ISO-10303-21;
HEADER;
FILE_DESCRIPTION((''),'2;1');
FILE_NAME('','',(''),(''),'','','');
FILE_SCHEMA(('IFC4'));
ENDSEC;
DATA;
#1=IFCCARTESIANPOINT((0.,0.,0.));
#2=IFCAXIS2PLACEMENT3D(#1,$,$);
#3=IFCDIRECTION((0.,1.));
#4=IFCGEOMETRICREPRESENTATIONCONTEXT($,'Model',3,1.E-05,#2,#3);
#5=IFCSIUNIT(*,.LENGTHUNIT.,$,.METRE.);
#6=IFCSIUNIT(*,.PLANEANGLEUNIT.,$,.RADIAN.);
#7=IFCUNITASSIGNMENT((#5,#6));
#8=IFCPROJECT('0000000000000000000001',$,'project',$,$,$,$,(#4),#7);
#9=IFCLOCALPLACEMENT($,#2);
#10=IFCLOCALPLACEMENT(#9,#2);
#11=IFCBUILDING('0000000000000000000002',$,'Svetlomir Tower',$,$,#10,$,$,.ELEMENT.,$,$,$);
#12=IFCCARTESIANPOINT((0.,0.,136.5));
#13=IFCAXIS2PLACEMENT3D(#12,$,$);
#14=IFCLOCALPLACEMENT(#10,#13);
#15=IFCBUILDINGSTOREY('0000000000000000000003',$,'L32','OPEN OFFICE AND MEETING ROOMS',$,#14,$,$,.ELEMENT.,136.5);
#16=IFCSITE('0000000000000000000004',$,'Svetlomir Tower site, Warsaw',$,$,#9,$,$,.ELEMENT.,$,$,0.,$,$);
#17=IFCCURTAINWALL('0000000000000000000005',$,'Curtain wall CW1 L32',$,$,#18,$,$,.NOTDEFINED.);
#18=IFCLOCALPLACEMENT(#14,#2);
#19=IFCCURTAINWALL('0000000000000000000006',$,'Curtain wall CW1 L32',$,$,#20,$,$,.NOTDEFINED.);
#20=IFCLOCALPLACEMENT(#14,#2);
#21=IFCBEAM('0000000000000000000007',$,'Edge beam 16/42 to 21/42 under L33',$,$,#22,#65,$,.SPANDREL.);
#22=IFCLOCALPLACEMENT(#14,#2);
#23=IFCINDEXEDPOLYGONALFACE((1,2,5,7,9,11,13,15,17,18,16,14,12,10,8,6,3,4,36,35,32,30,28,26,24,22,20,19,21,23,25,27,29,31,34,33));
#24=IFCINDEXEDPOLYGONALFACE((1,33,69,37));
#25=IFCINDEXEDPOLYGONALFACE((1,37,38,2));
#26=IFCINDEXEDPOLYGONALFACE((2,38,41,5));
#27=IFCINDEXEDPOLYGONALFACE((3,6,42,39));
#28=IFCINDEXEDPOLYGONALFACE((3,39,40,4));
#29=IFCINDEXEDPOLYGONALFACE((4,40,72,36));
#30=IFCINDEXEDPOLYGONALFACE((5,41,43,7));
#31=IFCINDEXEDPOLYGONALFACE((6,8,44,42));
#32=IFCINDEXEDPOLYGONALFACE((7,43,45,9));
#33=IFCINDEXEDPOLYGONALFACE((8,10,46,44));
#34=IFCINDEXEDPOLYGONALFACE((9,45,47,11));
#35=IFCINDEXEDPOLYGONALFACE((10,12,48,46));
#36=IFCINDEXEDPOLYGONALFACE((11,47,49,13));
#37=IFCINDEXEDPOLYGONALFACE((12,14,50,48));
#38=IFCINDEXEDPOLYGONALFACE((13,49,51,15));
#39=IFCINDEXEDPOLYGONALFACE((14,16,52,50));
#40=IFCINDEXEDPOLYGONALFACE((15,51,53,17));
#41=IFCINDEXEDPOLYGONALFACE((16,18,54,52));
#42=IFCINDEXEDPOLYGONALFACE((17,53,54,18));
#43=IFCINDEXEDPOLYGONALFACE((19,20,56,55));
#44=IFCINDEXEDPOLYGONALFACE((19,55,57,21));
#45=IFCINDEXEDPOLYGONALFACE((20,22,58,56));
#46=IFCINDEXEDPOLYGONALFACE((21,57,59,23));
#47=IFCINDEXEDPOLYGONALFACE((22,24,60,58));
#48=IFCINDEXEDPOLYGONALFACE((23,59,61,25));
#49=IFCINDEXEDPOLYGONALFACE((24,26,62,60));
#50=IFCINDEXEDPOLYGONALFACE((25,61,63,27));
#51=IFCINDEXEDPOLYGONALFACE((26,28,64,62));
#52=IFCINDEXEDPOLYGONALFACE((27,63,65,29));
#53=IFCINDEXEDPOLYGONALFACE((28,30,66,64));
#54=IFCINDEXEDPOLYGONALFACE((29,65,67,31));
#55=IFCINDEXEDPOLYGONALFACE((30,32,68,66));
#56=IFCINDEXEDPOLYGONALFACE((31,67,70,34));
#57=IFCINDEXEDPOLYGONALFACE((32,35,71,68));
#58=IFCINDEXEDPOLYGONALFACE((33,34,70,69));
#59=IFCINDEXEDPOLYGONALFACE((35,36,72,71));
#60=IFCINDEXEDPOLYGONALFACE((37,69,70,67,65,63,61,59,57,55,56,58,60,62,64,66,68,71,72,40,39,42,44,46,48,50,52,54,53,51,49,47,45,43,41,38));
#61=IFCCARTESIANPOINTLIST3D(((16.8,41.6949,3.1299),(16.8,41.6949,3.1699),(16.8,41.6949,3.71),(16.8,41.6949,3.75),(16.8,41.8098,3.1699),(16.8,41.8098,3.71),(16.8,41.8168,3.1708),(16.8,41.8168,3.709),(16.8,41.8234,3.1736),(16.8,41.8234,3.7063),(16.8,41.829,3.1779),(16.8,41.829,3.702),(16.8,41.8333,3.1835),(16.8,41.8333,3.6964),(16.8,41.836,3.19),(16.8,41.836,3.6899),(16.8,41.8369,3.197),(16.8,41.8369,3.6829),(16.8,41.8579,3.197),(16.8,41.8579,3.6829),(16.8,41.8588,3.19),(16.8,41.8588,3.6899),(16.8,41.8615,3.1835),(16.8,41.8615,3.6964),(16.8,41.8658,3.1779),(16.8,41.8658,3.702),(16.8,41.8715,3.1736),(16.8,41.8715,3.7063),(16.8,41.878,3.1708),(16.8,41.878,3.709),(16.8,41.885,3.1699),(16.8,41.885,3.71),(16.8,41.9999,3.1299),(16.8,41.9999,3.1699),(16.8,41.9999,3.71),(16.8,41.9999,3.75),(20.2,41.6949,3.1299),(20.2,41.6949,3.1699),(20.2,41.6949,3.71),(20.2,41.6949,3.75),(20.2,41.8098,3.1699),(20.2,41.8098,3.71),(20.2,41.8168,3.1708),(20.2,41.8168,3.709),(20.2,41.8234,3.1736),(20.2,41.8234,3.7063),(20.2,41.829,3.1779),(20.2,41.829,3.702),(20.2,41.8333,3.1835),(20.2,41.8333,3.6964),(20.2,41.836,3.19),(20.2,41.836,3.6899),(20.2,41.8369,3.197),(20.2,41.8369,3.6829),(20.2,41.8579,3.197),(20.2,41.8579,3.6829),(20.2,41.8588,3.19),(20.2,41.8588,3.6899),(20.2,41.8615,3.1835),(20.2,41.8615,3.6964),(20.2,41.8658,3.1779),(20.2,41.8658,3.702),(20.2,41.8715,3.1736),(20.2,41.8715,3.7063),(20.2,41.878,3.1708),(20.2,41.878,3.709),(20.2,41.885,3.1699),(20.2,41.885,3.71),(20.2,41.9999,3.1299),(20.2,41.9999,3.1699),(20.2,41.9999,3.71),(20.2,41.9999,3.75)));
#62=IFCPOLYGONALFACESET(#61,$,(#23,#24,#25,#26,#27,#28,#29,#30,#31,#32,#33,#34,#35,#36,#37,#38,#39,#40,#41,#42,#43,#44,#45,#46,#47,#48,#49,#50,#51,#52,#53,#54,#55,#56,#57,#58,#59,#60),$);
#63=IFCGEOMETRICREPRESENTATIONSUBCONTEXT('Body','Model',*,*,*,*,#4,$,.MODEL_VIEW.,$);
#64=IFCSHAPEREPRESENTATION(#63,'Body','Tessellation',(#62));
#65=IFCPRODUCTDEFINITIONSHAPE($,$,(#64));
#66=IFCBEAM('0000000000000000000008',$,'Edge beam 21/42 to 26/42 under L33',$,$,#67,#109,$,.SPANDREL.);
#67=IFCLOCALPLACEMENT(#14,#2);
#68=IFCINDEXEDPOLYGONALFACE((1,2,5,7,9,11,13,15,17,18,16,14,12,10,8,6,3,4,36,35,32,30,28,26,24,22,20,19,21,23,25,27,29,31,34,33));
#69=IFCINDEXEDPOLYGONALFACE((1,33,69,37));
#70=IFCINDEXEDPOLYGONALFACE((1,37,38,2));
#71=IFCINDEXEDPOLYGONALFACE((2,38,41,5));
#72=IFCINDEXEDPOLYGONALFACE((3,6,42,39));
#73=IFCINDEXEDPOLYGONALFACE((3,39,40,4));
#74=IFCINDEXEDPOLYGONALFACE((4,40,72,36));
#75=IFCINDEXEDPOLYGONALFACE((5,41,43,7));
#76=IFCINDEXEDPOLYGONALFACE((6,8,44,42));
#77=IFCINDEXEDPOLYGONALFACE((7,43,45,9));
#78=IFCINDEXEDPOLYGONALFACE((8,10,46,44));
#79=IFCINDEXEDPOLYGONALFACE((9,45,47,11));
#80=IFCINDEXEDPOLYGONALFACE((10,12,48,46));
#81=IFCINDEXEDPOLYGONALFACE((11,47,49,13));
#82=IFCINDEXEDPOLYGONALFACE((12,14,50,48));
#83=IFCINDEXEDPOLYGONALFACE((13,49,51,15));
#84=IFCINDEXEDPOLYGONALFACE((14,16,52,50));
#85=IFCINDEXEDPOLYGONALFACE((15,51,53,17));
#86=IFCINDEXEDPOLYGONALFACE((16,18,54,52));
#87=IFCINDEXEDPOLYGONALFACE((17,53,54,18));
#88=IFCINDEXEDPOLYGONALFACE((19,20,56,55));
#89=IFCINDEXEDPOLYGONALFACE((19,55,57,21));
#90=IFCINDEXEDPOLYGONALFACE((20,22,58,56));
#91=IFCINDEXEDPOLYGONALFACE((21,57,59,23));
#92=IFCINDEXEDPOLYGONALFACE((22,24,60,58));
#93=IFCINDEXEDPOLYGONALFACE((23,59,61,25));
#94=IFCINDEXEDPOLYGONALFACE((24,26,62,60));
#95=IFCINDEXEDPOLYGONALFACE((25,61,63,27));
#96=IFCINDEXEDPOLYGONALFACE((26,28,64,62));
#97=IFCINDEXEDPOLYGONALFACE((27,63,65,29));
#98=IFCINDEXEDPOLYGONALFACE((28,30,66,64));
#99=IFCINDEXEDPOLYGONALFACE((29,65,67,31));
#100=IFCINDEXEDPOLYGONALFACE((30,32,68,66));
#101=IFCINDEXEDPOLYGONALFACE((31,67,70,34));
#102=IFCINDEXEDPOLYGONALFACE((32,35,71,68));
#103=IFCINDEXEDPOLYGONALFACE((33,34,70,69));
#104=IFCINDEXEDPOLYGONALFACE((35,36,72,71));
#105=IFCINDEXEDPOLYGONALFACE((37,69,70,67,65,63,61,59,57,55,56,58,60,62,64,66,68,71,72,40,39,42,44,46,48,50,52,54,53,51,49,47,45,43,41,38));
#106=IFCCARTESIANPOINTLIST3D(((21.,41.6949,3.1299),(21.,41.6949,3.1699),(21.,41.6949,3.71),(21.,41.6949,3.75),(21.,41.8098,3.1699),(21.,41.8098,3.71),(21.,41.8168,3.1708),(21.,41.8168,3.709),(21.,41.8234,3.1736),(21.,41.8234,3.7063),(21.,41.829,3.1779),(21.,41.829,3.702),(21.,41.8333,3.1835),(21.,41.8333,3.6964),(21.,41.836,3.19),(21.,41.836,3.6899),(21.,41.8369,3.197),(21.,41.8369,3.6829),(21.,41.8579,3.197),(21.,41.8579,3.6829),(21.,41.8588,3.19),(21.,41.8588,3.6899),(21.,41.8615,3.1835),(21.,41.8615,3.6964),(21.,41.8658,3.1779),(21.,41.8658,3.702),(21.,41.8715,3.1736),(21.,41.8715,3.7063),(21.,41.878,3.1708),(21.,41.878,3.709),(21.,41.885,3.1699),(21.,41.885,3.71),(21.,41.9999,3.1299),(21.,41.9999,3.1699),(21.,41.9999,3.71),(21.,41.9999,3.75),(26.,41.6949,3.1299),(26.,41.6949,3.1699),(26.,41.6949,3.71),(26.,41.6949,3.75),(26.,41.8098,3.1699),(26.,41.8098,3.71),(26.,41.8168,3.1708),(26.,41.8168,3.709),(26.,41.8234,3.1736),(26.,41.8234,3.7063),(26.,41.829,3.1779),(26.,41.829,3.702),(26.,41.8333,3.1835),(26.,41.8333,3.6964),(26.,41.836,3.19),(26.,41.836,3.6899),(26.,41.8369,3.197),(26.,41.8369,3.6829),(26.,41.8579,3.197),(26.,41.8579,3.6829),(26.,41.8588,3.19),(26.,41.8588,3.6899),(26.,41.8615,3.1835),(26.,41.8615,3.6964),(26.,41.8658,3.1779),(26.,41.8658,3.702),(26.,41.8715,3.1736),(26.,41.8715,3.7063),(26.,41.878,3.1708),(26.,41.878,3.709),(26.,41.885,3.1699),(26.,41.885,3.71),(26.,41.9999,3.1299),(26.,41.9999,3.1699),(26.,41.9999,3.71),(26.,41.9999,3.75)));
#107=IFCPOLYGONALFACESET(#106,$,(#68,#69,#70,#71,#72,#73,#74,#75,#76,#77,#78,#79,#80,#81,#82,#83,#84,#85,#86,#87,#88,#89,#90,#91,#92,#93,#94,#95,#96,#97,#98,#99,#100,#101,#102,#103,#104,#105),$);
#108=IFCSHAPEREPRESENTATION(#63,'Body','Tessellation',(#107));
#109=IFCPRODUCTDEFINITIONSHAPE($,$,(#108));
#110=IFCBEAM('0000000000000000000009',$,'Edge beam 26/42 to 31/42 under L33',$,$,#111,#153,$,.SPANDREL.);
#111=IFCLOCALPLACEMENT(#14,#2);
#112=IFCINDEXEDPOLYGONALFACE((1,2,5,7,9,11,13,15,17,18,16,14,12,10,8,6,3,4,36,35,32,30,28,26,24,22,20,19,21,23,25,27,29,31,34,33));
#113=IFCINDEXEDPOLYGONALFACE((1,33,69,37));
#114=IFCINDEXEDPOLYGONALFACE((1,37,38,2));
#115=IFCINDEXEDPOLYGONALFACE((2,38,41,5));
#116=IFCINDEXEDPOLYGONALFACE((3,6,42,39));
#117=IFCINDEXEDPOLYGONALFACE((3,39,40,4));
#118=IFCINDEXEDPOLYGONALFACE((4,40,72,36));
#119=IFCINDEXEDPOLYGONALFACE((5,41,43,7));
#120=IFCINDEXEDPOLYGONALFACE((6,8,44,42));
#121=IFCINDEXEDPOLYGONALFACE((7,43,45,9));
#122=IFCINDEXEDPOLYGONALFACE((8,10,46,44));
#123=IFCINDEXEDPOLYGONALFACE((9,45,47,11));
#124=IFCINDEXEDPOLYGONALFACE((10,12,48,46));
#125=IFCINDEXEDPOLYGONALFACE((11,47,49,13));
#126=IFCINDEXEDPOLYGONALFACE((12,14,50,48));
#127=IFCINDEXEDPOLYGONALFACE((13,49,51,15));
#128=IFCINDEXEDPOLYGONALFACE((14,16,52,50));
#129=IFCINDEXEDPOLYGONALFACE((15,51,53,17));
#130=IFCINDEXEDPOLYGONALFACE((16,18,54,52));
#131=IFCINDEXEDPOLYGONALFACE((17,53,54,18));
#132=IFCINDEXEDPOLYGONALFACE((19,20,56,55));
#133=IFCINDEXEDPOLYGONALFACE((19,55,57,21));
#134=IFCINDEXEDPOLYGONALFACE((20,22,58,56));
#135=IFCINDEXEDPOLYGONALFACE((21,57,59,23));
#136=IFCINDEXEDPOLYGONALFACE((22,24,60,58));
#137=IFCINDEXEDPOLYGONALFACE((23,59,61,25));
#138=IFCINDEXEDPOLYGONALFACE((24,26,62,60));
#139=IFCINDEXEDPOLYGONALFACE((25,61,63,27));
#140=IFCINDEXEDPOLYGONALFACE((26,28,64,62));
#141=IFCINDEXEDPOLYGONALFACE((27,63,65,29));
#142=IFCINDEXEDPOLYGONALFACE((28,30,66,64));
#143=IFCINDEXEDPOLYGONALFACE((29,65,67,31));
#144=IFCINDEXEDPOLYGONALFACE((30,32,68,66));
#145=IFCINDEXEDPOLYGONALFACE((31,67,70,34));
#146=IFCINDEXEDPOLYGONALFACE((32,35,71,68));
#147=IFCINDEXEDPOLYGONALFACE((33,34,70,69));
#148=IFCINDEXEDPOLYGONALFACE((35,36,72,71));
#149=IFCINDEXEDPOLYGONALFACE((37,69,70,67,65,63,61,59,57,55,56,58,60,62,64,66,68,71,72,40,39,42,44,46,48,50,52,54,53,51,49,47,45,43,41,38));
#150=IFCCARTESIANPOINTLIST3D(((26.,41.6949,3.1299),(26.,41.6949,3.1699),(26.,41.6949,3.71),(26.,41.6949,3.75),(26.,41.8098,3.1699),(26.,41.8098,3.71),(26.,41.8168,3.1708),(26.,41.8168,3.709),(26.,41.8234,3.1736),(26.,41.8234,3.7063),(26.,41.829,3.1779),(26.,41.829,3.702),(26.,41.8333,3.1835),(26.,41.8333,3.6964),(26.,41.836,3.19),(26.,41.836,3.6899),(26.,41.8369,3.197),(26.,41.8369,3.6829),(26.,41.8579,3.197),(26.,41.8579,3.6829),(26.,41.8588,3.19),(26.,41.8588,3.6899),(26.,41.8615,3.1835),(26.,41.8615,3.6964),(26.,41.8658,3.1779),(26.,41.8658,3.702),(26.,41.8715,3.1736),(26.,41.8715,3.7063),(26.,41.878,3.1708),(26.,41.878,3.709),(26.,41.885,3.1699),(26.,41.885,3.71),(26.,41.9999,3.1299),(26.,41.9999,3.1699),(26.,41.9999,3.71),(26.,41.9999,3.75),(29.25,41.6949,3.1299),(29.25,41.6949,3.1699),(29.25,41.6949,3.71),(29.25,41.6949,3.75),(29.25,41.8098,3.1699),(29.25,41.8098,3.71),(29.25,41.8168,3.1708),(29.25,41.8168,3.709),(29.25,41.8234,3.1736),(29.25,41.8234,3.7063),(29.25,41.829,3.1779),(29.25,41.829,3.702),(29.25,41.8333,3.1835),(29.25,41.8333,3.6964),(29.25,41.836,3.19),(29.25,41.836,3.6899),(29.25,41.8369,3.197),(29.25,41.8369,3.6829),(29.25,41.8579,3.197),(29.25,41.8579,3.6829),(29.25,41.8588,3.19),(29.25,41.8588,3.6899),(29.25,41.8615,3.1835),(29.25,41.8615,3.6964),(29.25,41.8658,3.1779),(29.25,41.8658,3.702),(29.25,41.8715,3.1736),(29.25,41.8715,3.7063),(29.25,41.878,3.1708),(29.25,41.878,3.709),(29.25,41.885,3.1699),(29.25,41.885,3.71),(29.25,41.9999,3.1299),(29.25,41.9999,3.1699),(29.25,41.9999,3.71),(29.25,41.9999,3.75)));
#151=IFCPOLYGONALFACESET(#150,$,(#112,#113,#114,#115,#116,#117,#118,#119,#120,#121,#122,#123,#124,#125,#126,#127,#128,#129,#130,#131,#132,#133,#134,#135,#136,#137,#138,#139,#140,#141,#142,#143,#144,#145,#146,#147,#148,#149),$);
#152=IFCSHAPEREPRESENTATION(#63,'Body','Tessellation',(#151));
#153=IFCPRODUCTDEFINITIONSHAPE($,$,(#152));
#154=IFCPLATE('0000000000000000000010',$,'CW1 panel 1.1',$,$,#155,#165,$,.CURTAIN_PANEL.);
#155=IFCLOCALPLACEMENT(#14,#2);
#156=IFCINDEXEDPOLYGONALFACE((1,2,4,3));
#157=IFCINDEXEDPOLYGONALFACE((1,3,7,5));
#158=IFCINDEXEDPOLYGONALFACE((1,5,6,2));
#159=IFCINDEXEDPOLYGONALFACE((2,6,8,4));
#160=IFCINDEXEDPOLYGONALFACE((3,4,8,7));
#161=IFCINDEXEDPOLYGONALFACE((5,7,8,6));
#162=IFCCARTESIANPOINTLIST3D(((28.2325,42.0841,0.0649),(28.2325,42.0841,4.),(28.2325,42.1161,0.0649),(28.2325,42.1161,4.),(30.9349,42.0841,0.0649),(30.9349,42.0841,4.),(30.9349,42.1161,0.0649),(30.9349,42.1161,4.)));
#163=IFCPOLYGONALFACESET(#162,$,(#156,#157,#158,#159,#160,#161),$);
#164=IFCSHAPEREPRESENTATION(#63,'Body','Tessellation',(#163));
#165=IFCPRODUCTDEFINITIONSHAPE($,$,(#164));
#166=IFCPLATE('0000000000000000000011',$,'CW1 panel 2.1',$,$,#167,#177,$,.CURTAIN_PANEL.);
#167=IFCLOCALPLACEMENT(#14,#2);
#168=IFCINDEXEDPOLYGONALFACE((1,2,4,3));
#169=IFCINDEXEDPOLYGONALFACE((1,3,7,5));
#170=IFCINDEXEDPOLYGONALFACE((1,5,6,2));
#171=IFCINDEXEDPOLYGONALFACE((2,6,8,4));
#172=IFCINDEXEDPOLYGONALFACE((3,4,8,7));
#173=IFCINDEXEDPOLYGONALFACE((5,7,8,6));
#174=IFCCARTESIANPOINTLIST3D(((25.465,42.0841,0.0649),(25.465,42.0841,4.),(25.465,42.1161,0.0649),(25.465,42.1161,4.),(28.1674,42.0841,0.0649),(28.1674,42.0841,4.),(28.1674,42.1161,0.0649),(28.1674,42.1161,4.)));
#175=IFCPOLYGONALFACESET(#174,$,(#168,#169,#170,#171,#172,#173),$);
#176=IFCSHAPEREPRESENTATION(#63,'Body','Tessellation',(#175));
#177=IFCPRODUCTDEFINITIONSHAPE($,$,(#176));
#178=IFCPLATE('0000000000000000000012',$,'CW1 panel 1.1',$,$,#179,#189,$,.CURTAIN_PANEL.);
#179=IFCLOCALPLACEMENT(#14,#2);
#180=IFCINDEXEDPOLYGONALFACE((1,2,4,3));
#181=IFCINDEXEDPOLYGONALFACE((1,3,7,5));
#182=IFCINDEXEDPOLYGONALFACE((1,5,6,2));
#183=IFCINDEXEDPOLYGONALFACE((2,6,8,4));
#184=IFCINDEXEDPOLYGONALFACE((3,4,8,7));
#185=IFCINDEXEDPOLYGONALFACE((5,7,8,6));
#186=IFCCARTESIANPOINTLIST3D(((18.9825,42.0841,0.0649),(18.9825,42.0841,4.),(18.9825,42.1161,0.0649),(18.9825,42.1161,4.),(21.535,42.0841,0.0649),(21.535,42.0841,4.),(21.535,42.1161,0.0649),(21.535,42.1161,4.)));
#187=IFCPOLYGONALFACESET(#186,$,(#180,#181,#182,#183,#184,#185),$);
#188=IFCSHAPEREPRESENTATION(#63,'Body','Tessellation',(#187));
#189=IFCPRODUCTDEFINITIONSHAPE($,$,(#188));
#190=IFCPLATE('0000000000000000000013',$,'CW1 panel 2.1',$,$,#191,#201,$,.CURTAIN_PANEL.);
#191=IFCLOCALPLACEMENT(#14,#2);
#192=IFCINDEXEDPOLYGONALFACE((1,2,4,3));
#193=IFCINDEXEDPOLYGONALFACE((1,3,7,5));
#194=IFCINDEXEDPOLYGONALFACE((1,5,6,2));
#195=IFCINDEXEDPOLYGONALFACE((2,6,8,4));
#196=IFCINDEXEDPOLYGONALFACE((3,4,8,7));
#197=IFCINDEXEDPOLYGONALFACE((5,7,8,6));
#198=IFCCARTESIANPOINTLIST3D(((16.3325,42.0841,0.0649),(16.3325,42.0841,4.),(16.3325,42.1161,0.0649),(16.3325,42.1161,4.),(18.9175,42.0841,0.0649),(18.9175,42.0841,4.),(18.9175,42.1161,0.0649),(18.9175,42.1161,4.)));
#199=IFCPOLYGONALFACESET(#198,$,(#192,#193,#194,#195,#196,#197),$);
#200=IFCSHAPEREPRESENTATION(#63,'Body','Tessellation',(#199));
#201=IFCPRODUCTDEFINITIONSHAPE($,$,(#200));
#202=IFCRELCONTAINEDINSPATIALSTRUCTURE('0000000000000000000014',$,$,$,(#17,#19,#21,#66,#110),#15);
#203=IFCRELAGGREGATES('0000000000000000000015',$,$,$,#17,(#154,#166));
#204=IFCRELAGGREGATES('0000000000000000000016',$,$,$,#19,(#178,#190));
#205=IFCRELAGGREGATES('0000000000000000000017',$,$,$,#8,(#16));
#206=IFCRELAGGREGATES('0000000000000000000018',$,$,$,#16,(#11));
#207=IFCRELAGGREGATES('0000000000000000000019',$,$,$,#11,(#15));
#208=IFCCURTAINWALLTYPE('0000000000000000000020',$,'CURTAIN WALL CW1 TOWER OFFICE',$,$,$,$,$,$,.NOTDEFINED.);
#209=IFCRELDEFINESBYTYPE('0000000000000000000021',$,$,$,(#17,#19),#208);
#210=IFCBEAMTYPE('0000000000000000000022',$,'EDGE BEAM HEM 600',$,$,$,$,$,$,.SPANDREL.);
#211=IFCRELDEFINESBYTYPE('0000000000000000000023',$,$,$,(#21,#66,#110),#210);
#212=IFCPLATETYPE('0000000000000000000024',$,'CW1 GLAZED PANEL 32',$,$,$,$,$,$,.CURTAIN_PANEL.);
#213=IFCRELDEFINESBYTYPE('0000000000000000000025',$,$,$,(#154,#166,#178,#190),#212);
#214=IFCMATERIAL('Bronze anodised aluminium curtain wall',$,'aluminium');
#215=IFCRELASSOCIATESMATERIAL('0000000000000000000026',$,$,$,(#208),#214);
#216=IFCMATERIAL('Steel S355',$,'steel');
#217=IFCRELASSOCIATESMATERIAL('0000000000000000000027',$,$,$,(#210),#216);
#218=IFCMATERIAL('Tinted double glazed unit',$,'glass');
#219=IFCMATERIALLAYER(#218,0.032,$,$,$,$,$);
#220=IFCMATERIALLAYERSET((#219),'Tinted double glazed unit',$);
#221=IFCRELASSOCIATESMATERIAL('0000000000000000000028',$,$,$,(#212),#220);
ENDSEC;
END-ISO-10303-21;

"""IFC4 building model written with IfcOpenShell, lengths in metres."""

from ifc_helpers import new_model, si_unit, direction, frame, origin, origin_2d, place, context, subcontext, project, spatial, rectangle, i_section, extrude, material, layer, layer_set, material_profile, profile_set, type_object, element, aggregate, save


model = new_model("IFC4")

# Units and contexts
model_context = context("Model", 3, precision=1e-05, world=origin(), true_north=direction((0.0, 1.0)))
body_context = subcontext(model_context, "Body", "Model", "MODEL_VIEW")
ifc_project = project(units=[si_unit("LENGTHUNIT", "METRE"), si_unit("PLANEANGLEUNIT", "RADIAN")], contexts=[model_context])

# Site, building, storey
site_placement = place(None, origin())
site = spatial("IfcSite", under=ifc_project, at=site_placement, Name="Svetlomir Tower site, Warsaw", CompositionType="ELEMENT", RefElevation=0.0)
building_placement = place(site_placement, origin())
building = spatial("IfcBuilding", under=site, at=building_placement, Name="Svetlomir Tower", CompositionType="ELEMENT")
storey_placement = place(building_placement, frame((0.0, 0.0, 136.5)))
storey = spatial("IfcBuildingStorey", under=building, at=storey_placement, Name="L32", Description="OPEN OFFICE AND MEETING ROOMS", CompositionType="ELEMENT", Elevation=136.5)

# Curtain walls
ifc_material_1 = material(Name="Bronze anodised aluminium curtain wall", Category="aluminium")
curtain_wall_type = type_object("IfcCurtainWallType", Name="CURTAIN WALL CW1 TOWER OFFICE", PredefinedType="NOTDEFINED", material=ifc_material_1)
curtain_wall_1_placement = place(storey_placement, origin())
curtain_wall_1 = element("IfcCurtainWall", 1, at=curtain_wall_1_placement, inside=storey, type_object=curtain_wall_type, Name="Curtain wall CW1 L32", PredefinedType="NOTDEFINED")
curtain_wall_2_placement = place(storey_placement, origin())
curtain_wall_2 = element("IfcCurtainWall", 2, at=curtain_wall_2_placement, inside=storey, type_object=curtain_wall_type, Name="Curtain wall CW1 L32", PredefinedType="NOTDEFINED")

# Beams
ifc_material_2 = material(Name="Steel S355", Category="steel")
ifc_material_profile_1 = material_profile(ifc_material_2, i_section(OverallWidth=0.3049, OverallDepth=0.6201, WebThickness=0.021, FlangeThickness=0.04, FilletRadius=0.0271, at=origin_2d()), Name="HEM 600")
ifc_profile_set_1 = profile_set([ifc_material_profile_1], Name="Steel S355")
beam_type_1 = type_object("IfcBeamType", Name="EDGE BEAM HEM 600", PredefinedType="SPANDREL", material=ifc_profile_set_1)
beam_1_placement = place(storey_placement, frame((16.8, 41.8474, 3.4399), z_axis=(1.0, 0.0, 0.0), x_axis=(0.0, 1.0, 0.0)))
element("IfcBeam", 3, at=beam_1_placement, inside=storey, type_object=beam_type_1, Name="Edge beam 16/42 to 21/42 under L33", PredefinedType="SPANDREL", context=body_context, shape_type="SweptSolid", body=[
    extrude(i_section(OverallWidth=0.3049, OverallDepth=0.6201, WebThickness=0.021, FlangeThickness=0.04, FilletRadius=0.0271, at=origin_2d()), origin(), (0.0, 0.0, 1.0), 3.3999),
])
beam_2_placement = place(storey_placement, frame((21.0, 41.8474, 3.4399), z_axis=(1.0, 0.0, 0.0), x_axis=(0.0, 1.0, 0.0)))
element("IfcBeam", 4, at=beam_2_placement, inside=storey, type_object=beam_type_1, Name="Edge beam 21/42 to 26/42 under L33", PredefinedType="SPANDREL", context=body_context, shape_type="SweptSolid", body=[
    extrude(i_section(OverallWidth=0.3049, OverallDepth=0.6201, WebThickness=0.021, FlangeThickness=0.04, FilletRadius=0.0271, at=origin_2d()), origin(), (0.0, 0.0, 1.0), 5.0),
])
beam_3_placement = place(storey_placement, frame((26.0, 41.8474, 3.4399), z_axis=(1.0, 0.0, 0.0), x_axis=(0.0, 1.0, 0.0)))
element("IfcBeam", 5, at=beam_3_placement, inside=storey, type_object=beam_type_1, Name="Edge beam 26/42 to 31/42 under L33", PredefinedType="SPANDREL", context=body_context, shape_type="SweptSolid", body=[
    extrude(i_section(OverallWidth=0.3049, OverallDepth=0.6201, WebThickness=0.021, FlangeThickness=0.04, FilletRadius=0.0271, at=origin_2d()), origin(), (0.0, 0.0, 1.0), 3.25),
])

# Plates
ifc_material_3 = material(Name="Tinted double glazed unit", Category="glass")
ifc_layer_1 = layer(ifc_material_3, 0.032)
ifc_layer_set_1 = layer_set([ifc_layer_1], Name="Tinted double glazed unit")
plate_type = type_object("IfcPlateType", Name="CW1 GLAZED PANEL 32", PredefinedType="CURTAIN_PANEL", material=ifc_layer_set_1)
plate_1_placement = place(storey_placement, frame((29.5837, 42.1001, 0.0649), z_axis=(0.0, 0.0, 1.0), x_axis=(-1.0, 0.0, 0.0)))
plate_1 = element("IfcPlate", 6, at=plate_1_placement, type_object=plate_type, Name="CW1 panel 1.1", PredefinedType="CURTAIN_PANEL", context=body_context, shape_type="SweptSolid", body=[
    extrude(rectangle(XDim=2.7024, YDim=0.032, at=origin_2d()), origin(), (0.0, 0.0, 1.0), 3.9351),
])
plate_2_placement = place(storey_placement, frame((26.8162, 42.1001, 0.0649), z_axis=(0.0, 0.0, 1.0), x_axis=(-1.0, 0.0, 0.0)))
plate_2 = element("IfcPlate", 7, at=plate_2_placement, type_object=plate_type, Name="CW1 panel 2.1", PredefinedType="CURTAIN_PANEL", context=body_context, shape_type="SweptSolid", body=[
    extrude(rectangle(XDim=2.7024, YDim=0.032, at=origin_2d()), origin(), (0.0, 0.0, 1.0), 3.9351),
])
aggregate(curtain_wall_1, [plate_1, plate_2])
plate_3_placement = place(storey_placement, frame((20.2588, 42.1001, 0.0649), z_axis=(0.0, 0.0, 1.0), x_axis=(-1.0, 0.0, 0.0)))
plate_3 = element("IfcPlate", 8, at=plate_3_placement, type_object=plate_type, Name="CW1 panel 1.1", PredefinedType="CURTAIN_PANEL", context=body_context, shape_type="SweptSolid", body=[
    extrude(rectangle(XDim=2.5525, YDim=0.032, at=origin_2d()), origin(), (0.0, 0.0, 1.0), 3.9351),
])
plate_4_placement = place(storey_placement, frame((17.625, 42.1001, 0.0649), z_axis=(0.0, 0.0, 1.0), x_axis=(-1.0, 0.0, 0.0)))
plate_4 = element("IfcPlate", 9, at=plate_4_placement, type_object=plate_type, Name="CW1 panel 2.1", PredefinedType="CURTAIN_PANEL", context=body_context, shape_type="SweptSolid", body=[
    extrude(rectangle(XDim=2.585, YDim=0.032, at=origin_2d()), origin(), (0.0, 0.0, 1.0), 3.9351),
])
aggregate(curtain_wall_2, [plate_3, plate_4])

save(model, "model.ifc")
